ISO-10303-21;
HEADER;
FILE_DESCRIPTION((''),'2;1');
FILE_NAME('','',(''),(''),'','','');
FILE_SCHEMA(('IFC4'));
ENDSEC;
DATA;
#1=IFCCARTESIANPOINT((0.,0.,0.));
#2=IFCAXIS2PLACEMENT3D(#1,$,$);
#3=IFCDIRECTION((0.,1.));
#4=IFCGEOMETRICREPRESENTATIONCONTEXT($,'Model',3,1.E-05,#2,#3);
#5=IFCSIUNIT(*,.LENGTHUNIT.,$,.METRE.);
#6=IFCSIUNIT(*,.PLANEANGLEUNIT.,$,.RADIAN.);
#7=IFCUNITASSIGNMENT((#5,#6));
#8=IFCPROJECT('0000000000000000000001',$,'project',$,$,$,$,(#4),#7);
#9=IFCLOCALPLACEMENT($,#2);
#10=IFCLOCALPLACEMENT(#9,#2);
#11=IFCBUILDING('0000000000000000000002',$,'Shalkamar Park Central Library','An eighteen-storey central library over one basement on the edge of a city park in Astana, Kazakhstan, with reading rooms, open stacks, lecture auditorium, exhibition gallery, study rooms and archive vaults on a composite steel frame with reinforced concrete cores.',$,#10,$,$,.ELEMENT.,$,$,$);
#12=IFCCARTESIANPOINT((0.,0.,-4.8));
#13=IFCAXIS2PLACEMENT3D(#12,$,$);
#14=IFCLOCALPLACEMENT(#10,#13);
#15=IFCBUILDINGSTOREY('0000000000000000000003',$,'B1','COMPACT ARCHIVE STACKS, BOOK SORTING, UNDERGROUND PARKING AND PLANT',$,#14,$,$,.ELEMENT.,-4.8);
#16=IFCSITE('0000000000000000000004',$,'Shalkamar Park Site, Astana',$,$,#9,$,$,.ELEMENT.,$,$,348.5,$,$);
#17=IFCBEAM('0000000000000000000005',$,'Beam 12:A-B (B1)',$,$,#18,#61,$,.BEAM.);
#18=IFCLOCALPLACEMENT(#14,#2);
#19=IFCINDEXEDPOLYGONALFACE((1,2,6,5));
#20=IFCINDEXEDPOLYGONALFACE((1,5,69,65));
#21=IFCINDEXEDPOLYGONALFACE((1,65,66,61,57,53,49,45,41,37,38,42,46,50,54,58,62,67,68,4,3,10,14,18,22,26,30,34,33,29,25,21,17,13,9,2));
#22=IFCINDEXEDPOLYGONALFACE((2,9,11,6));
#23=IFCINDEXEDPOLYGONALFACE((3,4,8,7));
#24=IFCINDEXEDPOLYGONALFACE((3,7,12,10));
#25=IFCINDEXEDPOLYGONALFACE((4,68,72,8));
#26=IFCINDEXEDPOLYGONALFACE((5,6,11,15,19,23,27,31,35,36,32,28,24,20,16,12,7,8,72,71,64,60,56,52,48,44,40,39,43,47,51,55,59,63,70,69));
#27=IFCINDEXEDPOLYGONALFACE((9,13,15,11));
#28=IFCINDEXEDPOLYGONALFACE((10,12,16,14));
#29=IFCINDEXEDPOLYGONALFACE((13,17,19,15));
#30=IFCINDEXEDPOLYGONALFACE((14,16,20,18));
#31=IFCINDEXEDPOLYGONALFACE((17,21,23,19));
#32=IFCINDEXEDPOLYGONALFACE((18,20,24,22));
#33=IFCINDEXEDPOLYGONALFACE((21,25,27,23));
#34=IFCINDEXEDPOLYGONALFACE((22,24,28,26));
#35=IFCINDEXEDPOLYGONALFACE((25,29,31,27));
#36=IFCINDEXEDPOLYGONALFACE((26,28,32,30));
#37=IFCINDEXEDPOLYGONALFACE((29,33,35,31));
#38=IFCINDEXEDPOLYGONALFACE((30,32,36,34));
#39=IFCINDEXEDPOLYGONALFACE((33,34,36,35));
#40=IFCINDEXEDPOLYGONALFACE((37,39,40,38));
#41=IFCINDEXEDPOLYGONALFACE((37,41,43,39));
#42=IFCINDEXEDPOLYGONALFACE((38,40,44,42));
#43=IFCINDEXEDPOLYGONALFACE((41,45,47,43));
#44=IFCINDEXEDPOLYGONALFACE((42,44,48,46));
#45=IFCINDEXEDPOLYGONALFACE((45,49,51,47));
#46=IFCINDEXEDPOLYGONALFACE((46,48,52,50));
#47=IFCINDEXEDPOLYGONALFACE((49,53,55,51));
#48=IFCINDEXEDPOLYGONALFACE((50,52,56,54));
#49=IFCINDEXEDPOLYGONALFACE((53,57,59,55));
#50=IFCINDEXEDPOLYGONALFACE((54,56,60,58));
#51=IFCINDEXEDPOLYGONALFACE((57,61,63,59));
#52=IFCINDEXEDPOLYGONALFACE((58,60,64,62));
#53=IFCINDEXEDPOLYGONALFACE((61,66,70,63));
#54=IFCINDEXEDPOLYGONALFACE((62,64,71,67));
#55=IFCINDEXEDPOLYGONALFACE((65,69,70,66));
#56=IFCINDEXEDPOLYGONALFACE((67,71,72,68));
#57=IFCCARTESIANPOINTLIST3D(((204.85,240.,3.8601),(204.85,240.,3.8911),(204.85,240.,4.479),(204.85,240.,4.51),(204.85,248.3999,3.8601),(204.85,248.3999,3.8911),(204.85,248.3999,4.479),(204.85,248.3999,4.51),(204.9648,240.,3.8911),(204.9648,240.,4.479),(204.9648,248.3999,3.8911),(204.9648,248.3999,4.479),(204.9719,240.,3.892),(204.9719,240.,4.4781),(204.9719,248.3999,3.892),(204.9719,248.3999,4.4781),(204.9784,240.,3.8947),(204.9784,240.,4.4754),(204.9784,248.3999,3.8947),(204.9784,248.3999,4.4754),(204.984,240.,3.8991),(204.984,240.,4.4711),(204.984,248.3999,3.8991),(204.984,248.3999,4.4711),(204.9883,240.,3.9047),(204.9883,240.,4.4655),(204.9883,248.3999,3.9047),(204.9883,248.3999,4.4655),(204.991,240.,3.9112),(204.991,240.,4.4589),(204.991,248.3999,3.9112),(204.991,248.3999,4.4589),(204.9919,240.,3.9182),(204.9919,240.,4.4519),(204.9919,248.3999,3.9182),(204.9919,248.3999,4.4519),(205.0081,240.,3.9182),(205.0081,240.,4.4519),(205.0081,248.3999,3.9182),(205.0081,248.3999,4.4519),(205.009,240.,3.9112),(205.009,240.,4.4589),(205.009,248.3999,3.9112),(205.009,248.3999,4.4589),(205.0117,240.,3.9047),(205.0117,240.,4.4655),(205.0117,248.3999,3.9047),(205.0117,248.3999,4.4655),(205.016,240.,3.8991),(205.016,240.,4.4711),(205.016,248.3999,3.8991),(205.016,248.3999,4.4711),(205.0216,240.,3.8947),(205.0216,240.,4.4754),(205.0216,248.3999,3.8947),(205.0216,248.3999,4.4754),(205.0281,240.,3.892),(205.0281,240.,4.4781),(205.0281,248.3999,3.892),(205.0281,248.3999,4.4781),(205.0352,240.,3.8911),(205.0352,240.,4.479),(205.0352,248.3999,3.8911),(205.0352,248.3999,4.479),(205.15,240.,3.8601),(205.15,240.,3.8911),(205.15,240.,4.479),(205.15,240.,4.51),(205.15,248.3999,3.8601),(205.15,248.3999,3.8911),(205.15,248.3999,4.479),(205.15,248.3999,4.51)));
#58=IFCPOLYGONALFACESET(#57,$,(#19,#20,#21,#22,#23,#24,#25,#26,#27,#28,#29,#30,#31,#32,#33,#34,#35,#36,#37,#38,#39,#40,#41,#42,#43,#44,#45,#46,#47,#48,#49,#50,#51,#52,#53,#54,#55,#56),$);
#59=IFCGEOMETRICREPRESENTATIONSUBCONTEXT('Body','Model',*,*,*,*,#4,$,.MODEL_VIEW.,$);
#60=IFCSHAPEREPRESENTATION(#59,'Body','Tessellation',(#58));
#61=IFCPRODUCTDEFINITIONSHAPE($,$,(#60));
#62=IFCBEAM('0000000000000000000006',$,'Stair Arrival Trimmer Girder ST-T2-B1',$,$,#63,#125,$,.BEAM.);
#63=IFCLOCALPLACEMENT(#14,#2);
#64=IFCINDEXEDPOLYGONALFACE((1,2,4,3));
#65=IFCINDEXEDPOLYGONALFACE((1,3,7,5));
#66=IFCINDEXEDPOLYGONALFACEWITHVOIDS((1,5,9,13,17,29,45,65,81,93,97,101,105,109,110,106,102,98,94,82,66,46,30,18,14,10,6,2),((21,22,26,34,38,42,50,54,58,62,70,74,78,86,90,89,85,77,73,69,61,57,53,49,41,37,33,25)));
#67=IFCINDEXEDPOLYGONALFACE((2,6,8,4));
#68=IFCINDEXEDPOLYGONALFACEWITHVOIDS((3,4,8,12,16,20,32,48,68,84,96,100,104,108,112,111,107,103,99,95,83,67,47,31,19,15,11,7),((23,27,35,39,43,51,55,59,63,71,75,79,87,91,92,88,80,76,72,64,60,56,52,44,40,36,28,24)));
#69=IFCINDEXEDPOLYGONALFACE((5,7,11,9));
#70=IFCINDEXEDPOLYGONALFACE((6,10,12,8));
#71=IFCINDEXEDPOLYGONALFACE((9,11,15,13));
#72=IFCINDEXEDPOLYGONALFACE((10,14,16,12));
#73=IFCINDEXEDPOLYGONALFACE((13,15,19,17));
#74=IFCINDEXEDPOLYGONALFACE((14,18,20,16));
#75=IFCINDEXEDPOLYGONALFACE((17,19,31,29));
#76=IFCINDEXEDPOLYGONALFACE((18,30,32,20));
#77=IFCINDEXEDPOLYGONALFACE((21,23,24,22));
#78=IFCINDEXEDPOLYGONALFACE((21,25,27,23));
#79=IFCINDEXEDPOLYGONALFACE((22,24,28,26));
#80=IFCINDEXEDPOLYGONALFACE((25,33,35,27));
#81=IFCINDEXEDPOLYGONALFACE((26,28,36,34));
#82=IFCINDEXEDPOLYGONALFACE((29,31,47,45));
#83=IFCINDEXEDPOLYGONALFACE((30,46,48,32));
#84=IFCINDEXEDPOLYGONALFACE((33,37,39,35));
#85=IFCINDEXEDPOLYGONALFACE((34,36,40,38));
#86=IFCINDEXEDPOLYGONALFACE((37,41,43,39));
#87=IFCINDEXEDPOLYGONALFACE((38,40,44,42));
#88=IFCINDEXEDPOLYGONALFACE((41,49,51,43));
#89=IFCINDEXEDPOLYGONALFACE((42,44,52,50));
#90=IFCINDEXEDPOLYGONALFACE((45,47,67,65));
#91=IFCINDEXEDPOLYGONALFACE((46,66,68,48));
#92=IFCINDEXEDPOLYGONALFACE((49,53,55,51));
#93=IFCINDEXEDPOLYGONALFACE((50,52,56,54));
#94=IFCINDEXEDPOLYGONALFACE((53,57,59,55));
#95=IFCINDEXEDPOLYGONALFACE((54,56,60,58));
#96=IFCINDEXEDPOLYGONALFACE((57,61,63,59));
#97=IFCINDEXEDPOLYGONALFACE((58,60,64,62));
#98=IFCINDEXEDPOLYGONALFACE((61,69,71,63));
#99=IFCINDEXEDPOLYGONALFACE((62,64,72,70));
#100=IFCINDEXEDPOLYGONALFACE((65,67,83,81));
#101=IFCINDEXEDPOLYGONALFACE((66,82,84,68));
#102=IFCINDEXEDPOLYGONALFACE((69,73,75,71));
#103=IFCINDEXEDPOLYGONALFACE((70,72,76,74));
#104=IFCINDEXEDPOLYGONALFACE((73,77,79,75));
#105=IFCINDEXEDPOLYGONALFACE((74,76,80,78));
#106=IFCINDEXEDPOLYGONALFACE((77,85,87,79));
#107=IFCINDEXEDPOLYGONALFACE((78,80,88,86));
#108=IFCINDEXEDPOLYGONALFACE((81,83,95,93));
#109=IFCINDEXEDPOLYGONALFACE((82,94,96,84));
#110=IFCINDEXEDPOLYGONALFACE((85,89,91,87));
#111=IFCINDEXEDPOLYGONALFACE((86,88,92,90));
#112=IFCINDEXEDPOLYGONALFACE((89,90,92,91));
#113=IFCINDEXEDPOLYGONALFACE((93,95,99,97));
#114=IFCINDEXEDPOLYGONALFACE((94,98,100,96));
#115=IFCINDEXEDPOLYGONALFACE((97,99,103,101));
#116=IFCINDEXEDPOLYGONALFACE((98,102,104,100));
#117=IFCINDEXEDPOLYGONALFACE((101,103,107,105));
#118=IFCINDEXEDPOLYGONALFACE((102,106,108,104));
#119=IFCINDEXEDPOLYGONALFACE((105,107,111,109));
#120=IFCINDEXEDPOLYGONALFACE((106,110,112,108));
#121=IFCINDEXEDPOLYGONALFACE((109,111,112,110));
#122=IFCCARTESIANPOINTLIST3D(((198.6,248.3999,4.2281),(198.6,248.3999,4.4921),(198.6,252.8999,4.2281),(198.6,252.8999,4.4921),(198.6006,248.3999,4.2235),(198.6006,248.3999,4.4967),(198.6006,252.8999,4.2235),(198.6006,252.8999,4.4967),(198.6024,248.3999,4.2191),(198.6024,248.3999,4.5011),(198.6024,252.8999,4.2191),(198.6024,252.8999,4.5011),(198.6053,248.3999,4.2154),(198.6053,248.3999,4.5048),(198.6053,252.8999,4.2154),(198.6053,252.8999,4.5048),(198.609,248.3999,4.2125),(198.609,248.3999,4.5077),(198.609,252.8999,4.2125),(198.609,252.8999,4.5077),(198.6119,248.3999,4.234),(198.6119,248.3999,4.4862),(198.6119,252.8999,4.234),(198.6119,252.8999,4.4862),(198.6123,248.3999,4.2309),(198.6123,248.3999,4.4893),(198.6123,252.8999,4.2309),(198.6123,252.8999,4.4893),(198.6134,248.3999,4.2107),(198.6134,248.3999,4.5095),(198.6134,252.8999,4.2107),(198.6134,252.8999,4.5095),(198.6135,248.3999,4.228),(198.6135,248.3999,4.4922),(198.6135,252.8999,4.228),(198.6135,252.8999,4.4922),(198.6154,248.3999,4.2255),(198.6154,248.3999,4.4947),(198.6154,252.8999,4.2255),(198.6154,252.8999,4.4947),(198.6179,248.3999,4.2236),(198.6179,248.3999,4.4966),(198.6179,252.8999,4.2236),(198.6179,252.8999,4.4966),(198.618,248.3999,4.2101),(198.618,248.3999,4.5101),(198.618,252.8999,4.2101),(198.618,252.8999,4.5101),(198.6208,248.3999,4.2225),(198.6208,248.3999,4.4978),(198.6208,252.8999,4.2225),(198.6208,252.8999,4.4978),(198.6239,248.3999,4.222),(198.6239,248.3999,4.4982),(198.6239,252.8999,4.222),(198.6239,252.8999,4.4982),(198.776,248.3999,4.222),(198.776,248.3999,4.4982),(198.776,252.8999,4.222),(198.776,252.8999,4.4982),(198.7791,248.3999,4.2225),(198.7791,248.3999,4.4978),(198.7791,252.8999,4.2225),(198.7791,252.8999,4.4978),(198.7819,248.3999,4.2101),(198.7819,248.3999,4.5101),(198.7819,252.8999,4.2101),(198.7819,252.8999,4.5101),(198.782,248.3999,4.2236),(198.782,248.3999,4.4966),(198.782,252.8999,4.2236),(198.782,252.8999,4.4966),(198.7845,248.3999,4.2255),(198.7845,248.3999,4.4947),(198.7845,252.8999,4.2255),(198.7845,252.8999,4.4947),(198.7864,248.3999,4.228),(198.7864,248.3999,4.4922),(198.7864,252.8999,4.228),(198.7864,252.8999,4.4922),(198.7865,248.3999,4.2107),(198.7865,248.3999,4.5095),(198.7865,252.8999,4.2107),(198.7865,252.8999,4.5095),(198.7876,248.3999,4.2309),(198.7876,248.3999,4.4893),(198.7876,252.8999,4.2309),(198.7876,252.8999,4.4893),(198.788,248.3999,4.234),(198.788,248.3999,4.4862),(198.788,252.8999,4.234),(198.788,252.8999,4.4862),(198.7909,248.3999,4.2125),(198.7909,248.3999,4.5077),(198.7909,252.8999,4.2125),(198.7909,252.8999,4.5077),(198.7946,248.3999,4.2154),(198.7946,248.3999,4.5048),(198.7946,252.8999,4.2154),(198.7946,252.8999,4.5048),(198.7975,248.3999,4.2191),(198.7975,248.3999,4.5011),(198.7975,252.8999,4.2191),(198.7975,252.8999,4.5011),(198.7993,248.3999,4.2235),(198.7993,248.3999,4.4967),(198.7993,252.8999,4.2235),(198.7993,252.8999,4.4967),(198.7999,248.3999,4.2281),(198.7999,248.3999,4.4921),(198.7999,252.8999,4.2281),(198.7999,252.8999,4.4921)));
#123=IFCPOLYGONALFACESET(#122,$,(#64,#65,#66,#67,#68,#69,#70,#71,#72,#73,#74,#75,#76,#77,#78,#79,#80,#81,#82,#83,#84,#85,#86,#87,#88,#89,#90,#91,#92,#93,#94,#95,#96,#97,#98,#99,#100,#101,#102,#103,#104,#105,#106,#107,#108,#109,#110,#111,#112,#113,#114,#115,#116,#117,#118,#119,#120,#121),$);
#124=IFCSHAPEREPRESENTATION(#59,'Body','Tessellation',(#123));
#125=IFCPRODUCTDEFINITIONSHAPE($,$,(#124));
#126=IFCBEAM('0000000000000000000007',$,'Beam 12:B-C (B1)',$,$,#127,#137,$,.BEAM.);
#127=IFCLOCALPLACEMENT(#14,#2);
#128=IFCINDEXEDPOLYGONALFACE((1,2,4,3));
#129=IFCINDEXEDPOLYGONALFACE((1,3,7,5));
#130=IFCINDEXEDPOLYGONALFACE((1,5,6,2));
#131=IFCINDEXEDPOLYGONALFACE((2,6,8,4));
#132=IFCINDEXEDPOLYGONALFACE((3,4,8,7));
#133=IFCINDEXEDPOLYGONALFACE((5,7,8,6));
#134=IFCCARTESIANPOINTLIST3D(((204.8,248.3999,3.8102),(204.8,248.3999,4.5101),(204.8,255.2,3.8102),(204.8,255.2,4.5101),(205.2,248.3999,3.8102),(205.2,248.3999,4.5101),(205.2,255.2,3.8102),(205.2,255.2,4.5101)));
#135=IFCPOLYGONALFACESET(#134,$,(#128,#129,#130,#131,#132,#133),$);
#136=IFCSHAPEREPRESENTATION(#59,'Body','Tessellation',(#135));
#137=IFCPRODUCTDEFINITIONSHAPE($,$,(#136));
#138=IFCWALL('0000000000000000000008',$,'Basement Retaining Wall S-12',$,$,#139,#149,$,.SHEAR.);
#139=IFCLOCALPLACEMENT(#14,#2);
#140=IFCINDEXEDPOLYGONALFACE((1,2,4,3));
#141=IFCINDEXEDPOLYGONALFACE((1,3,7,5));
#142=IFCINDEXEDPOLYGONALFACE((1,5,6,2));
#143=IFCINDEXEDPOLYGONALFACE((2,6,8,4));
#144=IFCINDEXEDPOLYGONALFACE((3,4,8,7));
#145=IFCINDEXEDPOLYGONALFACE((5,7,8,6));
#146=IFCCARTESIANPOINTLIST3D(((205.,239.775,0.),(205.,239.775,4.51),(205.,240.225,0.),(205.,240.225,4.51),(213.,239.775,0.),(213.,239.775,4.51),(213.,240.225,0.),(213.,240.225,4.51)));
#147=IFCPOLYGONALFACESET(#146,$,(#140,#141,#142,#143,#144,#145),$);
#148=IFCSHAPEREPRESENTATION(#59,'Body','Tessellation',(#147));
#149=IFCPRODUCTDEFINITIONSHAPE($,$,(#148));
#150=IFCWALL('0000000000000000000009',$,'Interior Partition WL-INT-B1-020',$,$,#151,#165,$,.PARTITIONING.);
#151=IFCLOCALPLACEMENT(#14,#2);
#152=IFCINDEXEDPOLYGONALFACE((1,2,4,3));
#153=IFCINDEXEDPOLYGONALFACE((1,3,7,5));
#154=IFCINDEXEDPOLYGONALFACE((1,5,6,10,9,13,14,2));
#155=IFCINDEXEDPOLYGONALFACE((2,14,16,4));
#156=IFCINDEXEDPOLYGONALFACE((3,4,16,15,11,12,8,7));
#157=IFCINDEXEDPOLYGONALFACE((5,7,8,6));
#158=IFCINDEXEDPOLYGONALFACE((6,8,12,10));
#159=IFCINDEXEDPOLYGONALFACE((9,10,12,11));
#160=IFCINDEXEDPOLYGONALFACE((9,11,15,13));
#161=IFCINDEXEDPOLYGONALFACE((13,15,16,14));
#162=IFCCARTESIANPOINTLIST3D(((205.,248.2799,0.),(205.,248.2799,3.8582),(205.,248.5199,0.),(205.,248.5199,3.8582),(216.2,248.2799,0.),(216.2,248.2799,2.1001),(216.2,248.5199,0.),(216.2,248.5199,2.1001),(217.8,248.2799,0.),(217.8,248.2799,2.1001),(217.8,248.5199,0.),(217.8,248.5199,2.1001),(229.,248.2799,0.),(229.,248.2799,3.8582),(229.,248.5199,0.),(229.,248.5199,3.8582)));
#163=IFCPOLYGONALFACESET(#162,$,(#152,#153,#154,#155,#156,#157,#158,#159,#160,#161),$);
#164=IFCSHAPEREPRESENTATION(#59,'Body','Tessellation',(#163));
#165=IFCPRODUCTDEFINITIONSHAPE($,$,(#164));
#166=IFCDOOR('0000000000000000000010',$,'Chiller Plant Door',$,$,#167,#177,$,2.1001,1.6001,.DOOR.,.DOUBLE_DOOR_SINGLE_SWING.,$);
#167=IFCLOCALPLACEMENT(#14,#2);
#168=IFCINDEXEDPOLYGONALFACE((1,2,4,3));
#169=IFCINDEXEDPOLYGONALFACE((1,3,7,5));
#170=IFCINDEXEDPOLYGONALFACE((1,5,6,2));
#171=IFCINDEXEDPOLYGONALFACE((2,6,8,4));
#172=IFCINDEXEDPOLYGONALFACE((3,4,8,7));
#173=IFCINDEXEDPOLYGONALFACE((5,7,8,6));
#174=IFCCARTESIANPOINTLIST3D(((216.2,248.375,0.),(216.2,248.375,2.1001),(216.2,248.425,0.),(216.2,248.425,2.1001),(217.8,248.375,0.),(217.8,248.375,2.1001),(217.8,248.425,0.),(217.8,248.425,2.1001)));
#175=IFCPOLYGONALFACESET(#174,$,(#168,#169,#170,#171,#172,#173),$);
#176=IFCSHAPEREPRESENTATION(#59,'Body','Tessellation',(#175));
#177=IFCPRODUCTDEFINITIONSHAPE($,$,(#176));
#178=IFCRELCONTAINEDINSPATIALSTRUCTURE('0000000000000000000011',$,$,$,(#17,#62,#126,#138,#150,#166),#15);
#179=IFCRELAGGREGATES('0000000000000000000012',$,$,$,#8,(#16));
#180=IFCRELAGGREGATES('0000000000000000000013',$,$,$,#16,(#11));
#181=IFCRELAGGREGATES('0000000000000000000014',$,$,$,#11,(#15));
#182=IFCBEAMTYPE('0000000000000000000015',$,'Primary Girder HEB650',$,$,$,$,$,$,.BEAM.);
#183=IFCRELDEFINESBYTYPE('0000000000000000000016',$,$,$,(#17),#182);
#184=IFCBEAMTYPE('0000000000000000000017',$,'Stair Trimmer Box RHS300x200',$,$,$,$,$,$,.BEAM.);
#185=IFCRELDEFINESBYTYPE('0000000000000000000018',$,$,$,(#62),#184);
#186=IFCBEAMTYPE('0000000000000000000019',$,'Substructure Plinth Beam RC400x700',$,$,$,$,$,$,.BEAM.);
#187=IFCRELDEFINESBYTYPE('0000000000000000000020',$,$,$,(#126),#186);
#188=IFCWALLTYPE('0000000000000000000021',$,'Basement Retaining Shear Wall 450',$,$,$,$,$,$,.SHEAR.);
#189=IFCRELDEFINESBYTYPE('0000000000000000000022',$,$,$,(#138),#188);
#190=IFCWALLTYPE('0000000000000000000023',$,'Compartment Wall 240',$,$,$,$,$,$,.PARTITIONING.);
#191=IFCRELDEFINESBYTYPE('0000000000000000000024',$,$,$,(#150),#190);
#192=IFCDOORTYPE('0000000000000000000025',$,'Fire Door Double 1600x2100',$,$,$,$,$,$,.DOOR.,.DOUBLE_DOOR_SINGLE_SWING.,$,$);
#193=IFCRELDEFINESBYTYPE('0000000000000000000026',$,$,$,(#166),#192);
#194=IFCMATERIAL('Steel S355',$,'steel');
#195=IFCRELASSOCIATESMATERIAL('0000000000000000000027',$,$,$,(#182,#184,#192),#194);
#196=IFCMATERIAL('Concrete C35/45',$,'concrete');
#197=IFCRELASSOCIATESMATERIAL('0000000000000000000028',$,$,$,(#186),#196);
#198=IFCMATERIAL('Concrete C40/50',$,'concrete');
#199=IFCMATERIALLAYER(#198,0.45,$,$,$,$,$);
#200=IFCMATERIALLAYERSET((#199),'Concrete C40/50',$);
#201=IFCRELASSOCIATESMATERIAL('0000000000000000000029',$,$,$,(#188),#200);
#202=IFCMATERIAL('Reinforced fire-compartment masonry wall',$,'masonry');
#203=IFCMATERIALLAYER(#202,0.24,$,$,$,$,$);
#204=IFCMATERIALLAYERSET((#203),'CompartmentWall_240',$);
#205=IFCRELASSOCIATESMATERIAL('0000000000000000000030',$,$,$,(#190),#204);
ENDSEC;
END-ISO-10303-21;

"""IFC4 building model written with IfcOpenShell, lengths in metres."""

from ifc_helpers import new_model, si_unit, direction, frame, frame_2d, origin, origin_2d, place, context, subcontext, project, spatial, rectangle, hollow_rectangle, i_section, extrude, material, layer, layer_set, material_profile, profile_set, type_object, element, fill, save


model = new_model("IFC4")

# Units and contexts
model_context = context("Model", 3, precision=1e-05, world=origin(), true_north=direction((0.0, 1.0)))
body_context = subcontext(model_context, "Body", "Model", "MODEL_VIEW")
ifc_project = project(units=[si_unit("LENGTHUNIT", "METRE"), si_unit("PLANEANGLEUNIT", "RADIAN")], contexts=[model_context])

# Site, building, storey
site_placement = place(None, origin())
site = spatial("IfcSite", under=ifc_project, at=site_placement, Name="Shalkamar Park Site, Astana", CompositionType="ELEMENT", RefElevation=348.5)
building_placement = place(site_placement, origin())
building = spatial("IfcBuilding", under=site, at=building_placement, Name="Shalkamar Park Central Library", Description="An eighteen-storey central library over one basement on the edge of a city park in Astana, Kazakhstan, with reading rooms, open stacks, lecture auditorium, exhibition gallery, study rooms and archive vaults on a composite steel frame with reinforced concrete cores.", CompositionType="ELEMENT")
storey_placement = place(building_placement, frame((0.0, 0.0, -4.8)))
storey = spatial("IfcBuildingStorey", under=building, at=storey_placement, Name="B1", Description="COMPACT ARCHIVE STACKS, BOOK SORTING, UNDERGROUND PARKING AND PLANT", CompositionType="ELEMENT", Elevation=-4.8)

# Shared definitions
ifc_material_1 = material(Name="Concrete C35/45", Category="concrete")

# Shared definitions
ifc_material_2 = material(Name="Concrete C40/50", Category="concrete")
ifc_material_3 = material(Name="Steel S355", Category="steel")

# Beams
ifc_material_profile_1 = material_profile(ifc_material_3, i_section(OverallWidth=0.3, OverallDepth=0.6499, WebThickness=0.0161, FlangeThickness=0.031, FilletRadius=0.0271, at=origin_2d()), Name="HEB 650")
ifc_profile_set_1 = profile_set([ifc_material_profile_1], Name="Steel S355")
beam_type_1 = type_object("IfcBeamType", Name="Primary Girder HEB650", PredefinedType="BEAM", material=ifc_profile_set_1)
beam_1_placement = place(storey_placement, frame((205.0, 240.0, 4.1851), z_axis=(0.0, 1.0, 0.0), x_axis=(-1.0, 0.0, 0.0)))
element("IfcBeam", 1, at=beam_1_placement, inside=storey, type_object=beam_type_1, Name="Beam 12:A-B (B1)", PredefinedType="BEAM", context=body_context, shape_type="SweptSolid", body=[
    extrude(i_section(OverallWidth=0.3, OverallDepth=0.6499, WebThickness=0.0161, FlangeThickness=0.031, FilletRadius=0.0271, at=origin_2d()), origin(), (0.0, 0.0, 1.0), 8.3999),
])
ifc_material_profile_2 = material_profile(ifc_material_3, hollow_rectangle(XDim=0.2, YDim=0.3, WallThickness=0.012, InnerFilletRadius=0.012, OuterFilletRadius=0.0181, at=origin_2d()), Name="RHS 300x200x12")
ifc_profile_set_2 = profile_set([ifc_material_profile_2], Name="Steel S355")
beam_type_2 = type_object("IfcBeamType", Name="Stair Trimmer Box RHS300x200", PredefinedType="BEAM", material=ifc_profile_set_2)
beam_2_placement = place(storey_placement, frame((198.7, 248.3999, 4.3601), z_axis=(0.0, 1.0, 0.0), x_axis=(-1.0, 0.0, 0.0)))
element("IfcBeam", 2, at=beam_2_placement, inside=storey, type_object=beam_type_2, Name="Stair Arrival Trimmer Girder ST-T2-B1", PredefinedType="BEAM", context=body_context, shape_type="SweptSolid", body=[
    extrude(hollow_rectangle(XDim=0.2, YDim=0.3, WallThickness=0.012, InnerFilletRadius=0.012, OuterFilletRadius=0.0181, at=origin_2d()), origin(), (0.0, 0.0, 1.0), 4.5),
])
ifc_material_profile_3 = material_profile(ifc_material_1, rectangle(XDim=0.3999, YDim=0.7, at=origin_2d()), Name="RC 400x700")
ifc_profile_set_3 = profile_set([ifc_material_profile_3], Name="Concrete C35/45")
beam_type_3 = type_object("IfcBeamType", Name="Substructure Plinth Beam RC400x700", PredefinedType="BEAM", material=ifc_profile_set_3)
beam_3_placement = place(storey_placement, frame((205.0, 248.3999, 4.1602), z_axis=(0.0, 1.0, 0.0), x_axis=(-1.0, 0.0, 0.0)))
element("IfcBeam", 3, at=beam_3_placement, inside=storey, type_object=beam_type_3, Name="Beam 12:B-C (B1)", PredefinedType="BEAM", context=body_context, shape_type="SweptSolid", body=[
    extrude(rectangle(XDim=0.3999, YDim=0.7, at=origin_2d()), origin(), (0.0, 0.0, 1.0), 6.8),
])

# Wall
ifc_layer_1 = layer(ifc_material_2, 0.45)
ifc_layer_set_1 = layer_set([ifc_layer_1], Name="Concrete C40/50")
wall_type_1 = type_object("IfcWallType", Name="Basement Retaining Shear Wall 450", PredefinedType="SHEAR", material=ifc_layer_set_1)
wall_1_placement = place(storey_placement, frame((205.0, 240.0, 0.0), z_axis=(0.0, 0.0, 1.0), x_axis=(1.0, 0.0, 0.0)))
element("IfcWall", 4, at=wall_1_placement, inside=storey, type_object=wall_type_1, Name="Basement Retaining Wall S-12", PredefinedType="SHEAR", context=body_context, shape_type="SweptSolid", body=[
    extrude(rectangle(XDim=8.0, YDim=0.45, at=frame_2d((4.0, 0.0))), origin(), (0.0, 0.0, 1.0), 4.51),
])

# Wall, opening, door
ifc_material_4 = material(Name="Reinforced fire-compartment masonry wall", Category="masonry")
ifc_layer_2 = layer(ifc_material_4, 0.24)
ifc_layer_set_2 = layer_set([ifc_layer_2], Name="CompartmentWall_240")
wall_type_2 = type_object("IfcWallType", Name="Compartment Wall 240", PredefinedType="PARTITIONING", material=ifc_layer_set_2)
wall_2_placement = place(storey_placement, frame((205.0, 248.3999, 0.0), z_axis=(0.0, 0.0, 1.0), x_axis=(1.0, 0.0, 0.0)))
wall_2 = element("IfcWall", 5, at=wall_2_placement, inside=storey, type_object=wall_type_2, Name="Interior Partition WL-INT-B1-020", PredefinedType="PARTITIONING", context=body_context, shape_type="SweptSolid", body=[
    extrude(rectangle(XDim=24.0, YDim=0.24, at=frame_2d((12.0, 0.0))), origin(), (0.0, 0.0, 1.0), 3.8582),
])
opening_placement = place(wall_2_placement, frame((11.2, 0.0, 0.0)))
opening = element("IfcOpeningElement", 6, at=opening_placement, cuts=wall_2, PredefinedType="OPENING", context=body_context, shape_type="SweptSolid", body=[
    extrude(rectangle(XDim=1.6001, YDim=2.1001, at=frame_2d((0.8, 1.05))), frame((0.0, 0.1348, 0.0), z_axis=(0.0, -1.0, 0.0), x_axis=(1.0, 0.0, 0.0)), (0.0, 0.0, 1.0), 0.2698),
])
door_type = type_object("IfcDoorType", Name="Fire Door Double 1600x2100", OperationType="DOUBLE_DOOR_SINGLE_SWING", PredefinedType="DOOR", material=ifc_material_3)
door_placement = place(opening_placement, frame((1.6001, 0.0, 0.0), z_axis=(0.0, 0.0, 1.0), x_axis=(-1.0, 0.0, 0.0)))
door = element("IfcDoor", 7, at=door_placement, inside=storey, type_object=door_type, Name="Chiller Plant Door", OperationType="DOUBLE_DOOR_SINGLE_SWING", OverallHeight=2.1001, OverallWidth=1.6001, PredefinedType="DOOR", context=body_context, shape_type="SweptSolid", body=[
    extrude(rectangle(XDim=1.6001, YDim=2.1001, at=frame_2d((0.8, 1.05))), frame((0.0, 0.0249, 0.0), z_axis=(0.0, -1.0, 0.0), x_axis=(1.0, 0.0, 0.0)), (0.0, 0.0, 1.0), 0.05),
])
fill(opening, door)

save(model, "model.ifc")
